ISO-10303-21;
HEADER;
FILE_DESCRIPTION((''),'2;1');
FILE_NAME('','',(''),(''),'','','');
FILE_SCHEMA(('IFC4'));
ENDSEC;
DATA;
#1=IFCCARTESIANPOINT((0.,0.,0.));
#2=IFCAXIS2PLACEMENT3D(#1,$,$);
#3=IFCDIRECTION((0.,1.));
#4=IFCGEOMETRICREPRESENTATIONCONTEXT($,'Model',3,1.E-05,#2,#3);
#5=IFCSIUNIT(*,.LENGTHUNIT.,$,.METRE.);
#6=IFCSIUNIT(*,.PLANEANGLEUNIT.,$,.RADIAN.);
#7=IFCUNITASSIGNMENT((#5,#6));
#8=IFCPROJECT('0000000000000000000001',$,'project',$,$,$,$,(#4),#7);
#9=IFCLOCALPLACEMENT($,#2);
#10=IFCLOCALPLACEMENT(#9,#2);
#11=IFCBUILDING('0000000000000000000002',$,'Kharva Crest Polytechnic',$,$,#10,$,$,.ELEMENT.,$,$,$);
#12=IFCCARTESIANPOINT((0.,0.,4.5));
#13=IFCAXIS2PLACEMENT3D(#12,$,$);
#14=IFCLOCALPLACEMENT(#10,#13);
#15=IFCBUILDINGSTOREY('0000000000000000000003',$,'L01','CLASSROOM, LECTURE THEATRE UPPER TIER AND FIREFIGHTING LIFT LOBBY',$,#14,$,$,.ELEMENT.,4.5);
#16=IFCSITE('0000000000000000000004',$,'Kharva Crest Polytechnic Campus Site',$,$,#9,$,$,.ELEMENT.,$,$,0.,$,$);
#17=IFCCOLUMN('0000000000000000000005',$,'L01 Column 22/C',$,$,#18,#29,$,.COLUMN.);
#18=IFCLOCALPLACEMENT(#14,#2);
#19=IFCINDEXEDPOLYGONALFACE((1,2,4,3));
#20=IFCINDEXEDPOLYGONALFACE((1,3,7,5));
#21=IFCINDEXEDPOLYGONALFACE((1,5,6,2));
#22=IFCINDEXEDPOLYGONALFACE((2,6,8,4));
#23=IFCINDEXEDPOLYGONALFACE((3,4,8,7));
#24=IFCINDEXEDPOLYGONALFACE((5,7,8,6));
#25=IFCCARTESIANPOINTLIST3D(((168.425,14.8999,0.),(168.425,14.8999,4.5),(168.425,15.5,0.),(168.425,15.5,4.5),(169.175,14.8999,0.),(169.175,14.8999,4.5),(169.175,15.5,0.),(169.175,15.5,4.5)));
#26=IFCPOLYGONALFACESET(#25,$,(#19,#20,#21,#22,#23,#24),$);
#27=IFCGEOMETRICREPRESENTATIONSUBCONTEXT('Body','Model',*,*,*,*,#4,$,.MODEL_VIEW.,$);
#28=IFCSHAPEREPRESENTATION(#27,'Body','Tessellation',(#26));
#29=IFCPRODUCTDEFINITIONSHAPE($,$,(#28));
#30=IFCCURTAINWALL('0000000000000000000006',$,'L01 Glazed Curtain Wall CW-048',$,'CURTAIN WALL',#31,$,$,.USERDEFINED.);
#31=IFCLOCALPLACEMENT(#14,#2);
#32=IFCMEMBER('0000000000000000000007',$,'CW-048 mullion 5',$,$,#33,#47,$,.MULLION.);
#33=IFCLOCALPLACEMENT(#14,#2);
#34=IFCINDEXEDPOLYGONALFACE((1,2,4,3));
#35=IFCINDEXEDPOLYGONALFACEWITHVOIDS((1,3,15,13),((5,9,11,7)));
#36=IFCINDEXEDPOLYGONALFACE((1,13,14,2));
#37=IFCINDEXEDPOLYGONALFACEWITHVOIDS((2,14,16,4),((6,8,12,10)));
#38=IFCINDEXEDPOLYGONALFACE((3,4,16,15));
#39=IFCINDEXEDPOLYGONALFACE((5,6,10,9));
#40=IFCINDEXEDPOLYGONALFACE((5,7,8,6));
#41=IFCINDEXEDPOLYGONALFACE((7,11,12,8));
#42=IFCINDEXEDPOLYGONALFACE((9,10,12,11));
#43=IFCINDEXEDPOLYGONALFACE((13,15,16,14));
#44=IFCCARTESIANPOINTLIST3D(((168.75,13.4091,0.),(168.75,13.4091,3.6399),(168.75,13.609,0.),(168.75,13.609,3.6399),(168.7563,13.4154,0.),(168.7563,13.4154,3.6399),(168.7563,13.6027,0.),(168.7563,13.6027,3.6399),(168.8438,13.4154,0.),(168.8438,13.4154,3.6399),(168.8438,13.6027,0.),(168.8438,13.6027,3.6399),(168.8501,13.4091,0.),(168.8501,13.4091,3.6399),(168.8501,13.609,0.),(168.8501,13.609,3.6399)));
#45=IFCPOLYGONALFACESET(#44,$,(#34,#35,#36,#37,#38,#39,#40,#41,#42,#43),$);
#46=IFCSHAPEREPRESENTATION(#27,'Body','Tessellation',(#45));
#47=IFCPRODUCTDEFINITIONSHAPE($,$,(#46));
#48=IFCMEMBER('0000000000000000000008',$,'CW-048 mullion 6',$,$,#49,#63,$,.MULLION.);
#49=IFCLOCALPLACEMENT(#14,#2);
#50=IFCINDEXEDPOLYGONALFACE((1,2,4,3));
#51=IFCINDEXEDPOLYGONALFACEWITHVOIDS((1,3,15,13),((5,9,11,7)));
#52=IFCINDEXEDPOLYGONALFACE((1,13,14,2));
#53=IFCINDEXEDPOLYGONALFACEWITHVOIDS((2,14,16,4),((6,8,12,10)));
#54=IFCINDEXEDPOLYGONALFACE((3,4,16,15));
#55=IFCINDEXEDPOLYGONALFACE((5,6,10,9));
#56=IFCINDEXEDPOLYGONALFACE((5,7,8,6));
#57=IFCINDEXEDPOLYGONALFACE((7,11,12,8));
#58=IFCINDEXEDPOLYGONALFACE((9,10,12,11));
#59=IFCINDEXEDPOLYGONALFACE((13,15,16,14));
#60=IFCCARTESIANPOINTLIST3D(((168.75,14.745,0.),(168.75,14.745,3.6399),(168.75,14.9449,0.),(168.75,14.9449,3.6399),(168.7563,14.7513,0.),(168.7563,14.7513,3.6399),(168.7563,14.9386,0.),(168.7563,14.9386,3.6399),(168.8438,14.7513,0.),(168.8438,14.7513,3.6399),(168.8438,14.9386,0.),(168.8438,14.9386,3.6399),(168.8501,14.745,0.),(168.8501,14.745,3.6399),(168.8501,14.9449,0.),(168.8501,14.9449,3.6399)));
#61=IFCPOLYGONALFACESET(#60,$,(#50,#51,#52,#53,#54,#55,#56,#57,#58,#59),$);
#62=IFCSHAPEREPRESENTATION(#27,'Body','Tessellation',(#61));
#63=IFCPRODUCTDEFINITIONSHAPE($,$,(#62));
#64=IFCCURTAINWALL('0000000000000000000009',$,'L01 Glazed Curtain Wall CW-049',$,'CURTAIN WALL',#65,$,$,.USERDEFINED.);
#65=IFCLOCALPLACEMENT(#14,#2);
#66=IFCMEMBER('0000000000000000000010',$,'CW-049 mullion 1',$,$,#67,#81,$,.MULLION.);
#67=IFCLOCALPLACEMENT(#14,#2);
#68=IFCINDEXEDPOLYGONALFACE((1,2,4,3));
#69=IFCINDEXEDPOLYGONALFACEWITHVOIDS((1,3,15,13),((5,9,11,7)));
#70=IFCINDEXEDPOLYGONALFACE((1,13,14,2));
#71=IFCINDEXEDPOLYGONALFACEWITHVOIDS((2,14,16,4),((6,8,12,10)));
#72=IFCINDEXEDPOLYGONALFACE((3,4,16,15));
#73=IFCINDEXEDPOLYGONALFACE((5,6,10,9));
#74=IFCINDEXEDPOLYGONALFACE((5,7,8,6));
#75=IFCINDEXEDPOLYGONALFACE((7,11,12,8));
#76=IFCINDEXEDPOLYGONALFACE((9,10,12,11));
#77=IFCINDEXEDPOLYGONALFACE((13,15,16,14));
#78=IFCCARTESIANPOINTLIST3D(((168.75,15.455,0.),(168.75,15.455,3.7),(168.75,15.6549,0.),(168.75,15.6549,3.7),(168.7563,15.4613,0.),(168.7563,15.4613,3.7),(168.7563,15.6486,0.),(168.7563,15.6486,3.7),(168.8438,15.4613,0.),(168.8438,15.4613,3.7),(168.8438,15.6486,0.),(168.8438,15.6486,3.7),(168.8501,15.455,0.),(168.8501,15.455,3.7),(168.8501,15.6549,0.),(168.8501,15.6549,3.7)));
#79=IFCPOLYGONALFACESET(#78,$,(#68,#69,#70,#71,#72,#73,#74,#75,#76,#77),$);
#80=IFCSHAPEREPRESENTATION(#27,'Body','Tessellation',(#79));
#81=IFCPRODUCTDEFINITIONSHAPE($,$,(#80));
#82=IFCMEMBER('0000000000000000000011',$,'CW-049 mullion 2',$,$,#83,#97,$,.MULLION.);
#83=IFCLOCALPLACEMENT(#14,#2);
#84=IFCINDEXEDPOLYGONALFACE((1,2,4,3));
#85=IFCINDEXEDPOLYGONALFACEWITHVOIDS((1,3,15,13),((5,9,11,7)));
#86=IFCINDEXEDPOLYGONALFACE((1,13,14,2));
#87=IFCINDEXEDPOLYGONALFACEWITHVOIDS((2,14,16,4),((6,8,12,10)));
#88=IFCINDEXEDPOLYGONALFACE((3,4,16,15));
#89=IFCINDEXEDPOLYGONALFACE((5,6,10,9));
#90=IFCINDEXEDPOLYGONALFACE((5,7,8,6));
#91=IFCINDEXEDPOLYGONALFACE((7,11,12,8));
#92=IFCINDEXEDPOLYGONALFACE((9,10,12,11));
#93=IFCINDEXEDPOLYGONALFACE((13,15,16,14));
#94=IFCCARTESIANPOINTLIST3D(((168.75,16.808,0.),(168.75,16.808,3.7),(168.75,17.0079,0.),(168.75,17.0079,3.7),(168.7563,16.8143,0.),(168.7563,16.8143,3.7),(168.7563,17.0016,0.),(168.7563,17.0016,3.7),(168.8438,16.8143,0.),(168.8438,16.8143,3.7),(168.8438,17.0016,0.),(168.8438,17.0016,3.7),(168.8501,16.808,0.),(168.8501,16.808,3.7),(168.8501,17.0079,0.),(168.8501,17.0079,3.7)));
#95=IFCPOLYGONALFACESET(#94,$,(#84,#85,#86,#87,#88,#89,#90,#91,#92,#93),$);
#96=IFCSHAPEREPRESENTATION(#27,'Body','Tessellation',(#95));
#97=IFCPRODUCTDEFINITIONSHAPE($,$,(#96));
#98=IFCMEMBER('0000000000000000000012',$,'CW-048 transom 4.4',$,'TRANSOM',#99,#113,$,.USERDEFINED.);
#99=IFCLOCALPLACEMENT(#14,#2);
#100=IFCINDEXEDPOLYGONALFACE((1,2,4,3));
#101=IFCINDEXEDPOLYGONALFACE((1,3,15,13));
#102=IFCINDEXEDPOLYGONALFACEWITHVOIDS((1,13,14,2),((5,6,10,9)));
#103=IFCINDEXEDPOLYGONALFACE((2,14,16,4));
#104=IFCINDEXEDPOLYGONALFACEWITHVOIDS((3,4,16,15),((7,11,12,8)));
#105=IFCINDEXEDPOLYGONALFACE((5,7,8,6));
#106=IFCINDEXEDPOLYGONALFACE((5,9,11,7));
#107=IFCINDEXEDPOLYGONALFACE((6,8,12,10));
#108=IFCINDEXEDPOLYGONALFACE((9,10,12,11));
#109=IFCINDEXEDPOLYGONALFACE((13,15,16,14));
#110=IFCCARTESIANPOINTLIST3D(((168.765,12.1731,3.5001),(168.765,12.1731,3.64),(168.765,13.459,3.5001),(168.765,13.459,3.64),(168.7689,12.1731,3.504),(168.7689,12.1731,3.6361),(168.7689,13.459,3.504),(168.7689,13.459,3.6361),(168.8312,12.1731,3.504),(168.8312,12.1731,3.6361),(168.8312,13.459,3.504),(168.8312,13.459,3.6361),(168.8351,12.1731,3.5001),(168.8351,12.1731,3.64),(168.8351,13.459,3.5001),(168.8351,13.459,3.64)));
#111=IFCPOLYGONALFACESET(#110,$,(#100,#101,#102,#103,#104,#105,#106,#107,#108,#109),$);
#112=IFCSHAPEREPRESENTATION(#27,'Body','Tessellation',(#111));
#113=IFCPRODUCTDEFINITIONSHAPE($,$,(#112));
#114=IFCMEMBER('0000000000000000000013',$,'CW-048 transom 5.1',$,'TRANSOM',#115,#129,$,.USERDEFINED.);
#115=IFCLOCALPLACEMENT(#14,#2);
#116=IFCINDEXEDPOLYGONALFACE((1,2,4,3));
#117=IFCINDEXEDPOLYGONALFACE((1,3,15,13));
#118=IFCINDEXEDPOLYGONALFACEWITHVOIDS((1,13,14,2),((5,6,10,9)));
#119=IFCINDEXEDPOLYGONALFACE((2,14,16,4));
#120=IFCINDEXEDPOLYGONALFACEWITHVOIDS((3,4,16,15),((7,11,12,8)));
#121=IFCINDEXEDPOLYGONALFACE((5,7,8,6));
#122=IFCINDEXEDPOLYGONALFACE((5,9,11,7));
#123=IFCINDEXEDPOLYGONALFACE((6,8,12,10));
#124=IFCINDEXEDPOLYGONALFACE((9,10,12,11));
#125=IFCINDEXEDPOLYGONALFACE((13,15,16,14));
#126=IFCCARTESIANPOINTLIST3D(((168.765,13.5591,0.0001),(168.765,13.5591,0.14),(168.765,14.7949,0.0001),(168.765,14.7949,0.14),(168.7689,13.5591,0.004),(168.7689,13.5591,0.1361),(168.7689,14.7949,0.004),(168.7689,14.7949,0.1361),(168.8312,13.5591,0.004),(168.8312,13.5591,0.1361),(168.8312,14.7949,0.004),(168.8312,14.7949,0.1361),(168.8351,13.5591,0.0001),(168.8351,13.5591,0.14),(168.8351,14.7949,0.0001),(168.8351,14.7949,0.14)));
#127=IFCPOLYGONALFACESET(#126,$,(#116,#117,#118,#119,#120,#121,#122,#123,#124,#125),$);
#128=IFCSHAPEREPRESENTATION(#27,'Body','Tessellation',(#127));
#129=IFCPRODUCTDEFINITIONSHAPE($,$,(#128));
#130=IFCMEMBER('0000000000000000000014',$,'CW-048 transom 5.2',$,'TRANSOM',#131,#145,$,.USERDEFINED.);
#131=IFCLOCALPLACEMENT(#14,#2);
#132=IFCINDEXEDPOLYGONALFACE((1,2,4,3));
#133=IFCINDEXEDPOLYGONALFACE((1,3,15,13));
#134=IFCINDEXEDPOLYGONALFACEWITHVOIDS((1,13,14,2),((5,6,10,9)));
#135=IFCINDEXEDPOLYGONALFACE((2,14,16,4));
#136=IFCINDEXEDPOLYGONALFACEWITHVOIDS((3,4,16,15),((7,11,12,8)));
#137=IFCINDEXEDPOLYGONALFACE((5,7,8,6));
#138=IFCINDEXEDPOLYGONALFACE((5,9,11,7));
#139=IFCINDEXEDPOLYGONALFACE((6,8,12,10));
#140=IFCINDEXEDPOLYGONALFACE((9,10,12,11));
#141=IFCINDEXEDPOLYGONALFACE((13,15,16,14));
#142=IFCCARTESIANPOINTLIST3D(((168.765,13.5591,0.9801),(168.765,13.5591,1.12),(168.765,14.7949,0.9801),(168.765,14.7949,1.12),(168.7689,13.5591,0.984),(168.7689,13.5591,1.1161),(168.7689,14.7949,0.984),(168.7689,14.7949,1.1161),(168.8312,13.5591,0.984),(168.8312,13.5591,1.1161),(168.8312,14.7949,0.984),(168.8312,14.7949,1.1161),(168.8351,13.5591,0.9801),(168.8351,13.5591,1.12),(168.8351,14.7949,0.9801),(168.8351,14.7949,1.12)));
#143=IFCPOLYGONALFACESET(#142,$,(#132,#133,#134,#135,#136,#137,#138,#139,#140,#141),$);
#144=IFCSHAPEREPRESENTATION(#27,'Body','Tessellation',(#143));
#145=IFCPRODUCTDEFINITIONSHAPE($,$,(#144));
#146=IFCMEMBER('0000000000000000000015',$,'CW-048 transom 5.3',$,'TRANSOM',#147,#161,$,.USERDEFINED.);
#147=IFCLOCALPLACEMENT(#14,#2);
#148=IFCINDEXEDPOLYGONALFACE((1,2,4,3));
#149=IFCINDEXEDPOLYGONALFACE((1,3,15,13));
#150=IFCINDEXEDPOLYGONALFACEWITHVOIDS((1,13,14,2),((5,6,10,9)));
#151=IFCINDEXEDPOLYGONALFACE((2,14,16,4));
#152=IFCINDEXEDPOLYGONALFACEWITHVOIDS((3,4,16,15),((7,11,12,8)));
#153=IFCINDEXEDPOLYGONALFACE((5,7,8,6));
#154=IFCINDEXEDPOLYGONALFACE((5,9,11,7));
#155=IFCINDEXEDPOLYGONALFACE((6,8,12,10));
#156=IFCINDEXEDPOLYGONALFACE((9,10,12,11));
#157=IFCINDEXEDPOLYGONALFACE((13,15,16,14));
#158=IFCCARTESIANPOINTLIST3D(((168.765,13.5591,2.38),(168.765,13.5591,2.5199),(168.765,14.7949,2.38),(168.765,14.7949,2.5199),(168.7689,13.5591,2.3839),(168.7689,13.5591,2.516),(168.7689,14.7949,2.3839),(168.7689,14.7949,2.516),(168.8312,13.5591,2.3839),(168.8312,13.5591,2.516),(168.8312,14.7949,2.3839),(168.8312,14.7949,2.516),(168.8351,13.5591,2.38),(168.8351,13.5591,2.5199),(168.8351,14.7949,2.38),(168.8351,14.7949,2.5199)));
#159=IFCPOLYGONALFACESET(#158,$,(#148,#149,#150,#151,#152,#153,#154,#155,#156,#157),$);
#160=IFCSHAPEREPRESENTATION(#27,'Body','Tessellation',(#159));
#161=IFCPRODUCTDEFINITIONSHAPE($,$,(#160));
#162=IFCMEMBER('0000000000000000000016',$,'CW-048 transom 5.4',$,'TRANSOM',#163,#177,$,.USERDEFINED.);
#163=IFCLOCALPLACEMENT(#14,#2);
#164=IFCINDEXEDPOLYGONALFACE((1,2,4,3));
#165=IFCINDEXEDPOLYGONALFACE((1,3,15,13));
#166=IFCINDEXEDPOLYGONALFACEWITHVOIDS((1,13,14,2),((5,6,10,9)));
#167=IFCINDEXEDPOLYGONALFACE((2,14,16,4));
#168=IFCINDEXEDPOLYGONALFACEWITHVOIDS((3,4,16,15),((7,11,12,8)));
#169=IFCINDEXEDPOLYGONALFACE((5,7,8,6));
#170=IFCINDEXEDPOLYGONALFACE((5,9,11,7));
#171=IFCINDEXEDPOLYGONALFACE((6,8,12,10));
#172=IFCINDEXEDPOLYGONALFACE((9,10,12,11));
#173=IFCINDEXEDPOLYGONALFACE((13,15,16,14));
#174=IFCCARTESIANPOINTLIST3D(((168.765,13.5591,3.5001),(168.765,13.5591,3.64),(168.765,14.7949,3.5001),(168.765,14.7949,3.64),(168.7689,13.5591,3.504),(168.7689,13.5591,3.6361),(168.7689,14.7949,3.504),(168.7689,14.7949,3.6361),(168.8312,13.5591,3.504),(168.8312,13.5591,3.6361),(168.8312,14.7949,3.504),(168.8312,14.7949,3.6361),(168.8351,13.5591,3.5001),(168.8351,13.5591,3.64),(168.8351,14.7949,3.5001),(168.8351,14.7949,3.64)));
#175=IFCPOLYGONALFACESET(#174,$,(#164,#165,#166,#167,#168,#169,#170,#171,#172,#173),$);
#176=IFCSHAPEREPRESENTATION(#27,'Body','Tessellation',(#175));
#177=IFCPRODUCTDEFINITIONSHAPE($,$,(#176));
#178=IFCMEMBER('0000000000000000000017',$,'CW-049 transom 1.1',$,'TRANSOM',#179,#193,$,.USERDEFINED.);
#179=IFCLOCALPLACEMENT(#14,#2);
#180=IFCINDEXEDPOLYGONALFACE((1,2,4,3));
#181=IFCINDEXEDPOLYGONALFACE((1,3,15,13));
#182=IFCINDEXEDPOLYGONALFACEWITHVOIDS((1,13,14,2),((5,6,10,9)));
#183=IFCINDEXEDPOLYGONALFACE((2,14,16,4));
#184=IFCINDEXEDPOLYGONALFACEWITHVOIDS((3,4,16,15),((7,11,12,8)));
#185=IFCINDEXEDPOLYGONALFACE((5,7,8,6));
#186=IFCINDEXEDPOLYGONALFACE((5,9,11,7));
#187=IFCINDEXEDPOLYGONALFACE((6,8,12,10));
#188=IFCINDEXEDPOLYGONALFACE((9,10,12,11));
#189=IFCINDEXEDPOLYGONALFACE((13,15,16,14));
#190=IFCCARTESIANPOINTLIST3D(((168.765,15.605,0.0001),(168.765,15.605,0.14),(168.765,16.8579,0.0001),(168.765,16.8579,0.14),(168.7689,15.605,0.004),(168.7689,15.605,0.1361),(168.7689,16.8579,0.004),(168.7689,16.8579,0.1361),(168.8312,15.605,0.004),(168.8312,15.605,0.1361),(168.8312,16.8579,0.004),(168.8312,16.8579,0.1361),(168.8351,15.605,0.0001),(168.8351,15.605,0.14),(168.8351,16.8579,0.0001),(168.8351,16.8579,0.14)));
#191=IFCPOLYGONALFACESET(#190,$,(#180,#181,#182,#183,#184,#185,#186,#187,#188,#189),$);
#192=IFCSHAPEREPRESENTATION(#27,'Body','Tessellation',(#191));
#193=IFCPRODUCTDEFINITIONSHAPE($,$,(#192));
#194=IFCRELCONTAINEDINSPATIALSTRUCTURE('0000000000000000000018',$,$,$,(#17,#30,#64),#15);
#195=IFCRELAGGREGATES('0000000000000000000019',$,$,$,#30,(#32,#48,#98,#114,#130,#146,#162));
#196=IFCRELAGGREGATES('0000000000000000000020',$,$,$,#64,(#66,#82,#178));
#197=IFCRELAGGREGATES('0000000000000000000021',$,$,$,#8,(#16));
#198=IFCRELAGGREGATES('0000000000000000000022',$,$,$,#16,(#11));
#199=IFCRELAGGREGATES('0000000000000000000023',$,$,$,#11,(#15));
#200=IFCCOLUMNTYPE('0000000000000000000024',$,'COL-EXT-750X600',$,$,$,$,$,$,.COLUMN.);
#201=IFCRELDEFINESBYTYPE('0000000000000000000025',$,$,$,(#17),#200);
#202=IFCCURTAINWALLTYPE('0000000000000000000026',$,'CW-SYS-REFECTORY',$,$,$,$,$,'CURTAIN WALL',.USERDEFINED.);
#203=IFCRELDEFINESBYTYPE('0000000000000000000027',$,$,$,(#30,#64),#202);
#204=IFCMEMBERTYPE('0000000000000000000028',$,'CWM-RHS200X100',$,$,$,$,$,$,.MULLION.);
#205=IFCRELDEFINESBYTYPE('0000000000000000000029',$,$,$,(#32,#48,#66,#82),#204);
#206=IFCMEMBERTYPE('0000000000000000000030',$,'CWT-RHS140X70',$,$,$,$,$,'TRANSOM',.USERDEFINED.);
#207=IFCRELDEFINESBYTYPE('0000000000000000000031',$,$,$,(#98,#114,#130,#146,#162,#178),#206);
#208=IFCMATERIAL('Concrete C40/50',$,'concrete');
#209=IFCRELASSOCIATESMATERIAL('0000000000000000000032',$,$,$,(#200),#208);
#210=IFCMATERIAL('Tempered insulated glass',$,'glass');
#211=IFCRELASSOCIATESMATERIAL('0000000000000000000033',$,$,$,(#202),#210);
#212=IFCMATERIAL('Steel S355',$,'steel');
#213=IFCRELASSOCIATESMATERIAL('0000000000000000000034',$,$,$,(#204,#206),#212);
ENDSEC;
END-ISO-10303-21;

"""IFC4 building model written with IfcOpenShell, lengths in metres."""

from ifc_helpers import new_model, si_unit, direction, frame, origin, origin_2d, place, context, subcontext, project, spatial, rectangle, hollow_rectangle, extrude, material, material_profile, profile_set, type_object, element, aggregate, save


model = new_model("IFC4")

# Units and contexts
model_context = context("Model", 3, precision=1e-05, world=origin(), true_north=direction((0.0, 1.0)))
body_context = subcontext(model_context, "Body", "Model", "MODEL_VIEW")
ifc_project = project(units=[si_unit("LENGTHUNIT", "METRE"), si_unit("PLANEANGLEUNIT", "RADIAN")], contexts=[model_context])

# Site, building, storey
site_placement = place(None, origin())
site = spatial("IfcSite", under=ifc_project, at=site_placement, Name="Kharva Crest Polytechnic Campus Site", CompositionType="ELEMENT", RefElevation=0.0)
building_placement = place(site_placement, origin())
building = spatial("IfcBuilding", under=site, at=building_placement, Name="Kharva Crest Polytechnic", CompositionType="ELEMENT")
storey_placement = place(building_placement, frame((0.0, 0.0, 4.5)))
storey = spatial("IfcBuildingStorey", under=building, at=storey_placement, Name="L01", Description="CLASSROOM, LECTURE THEATRE UPPER TIER AND FIREFIGHTING LIFT LOBBY", CompositionType="ELEMENT", Elevation=4.5)

# Column
ifc_material_1 = material(Name="Concrete C40/50", Category="concrete")
ifc_material_profile_1 = material_profile(ifc_material_1, rectangle(XDim=0.75, YDim=0.6001, at=origin_2d()), Name="RECT 750 X 600")
ifc_profile_set_1 = profile_set([ifc_material_profile_1], Name="Concrete C40/50")
column_type = type_object("IfcColumnType", Name="COL-EXT-750X600", PredefinedType="COLUMN", material=ifc_profile_set_1)
column_placement = place(storey_placement, frame((168.8, 15.2, 0.0), z_axis=(0.0, 0.0, 1.0), x_axis=(1.0, 0.0, 0.0)))
element("IfcColumn", 1, at=column_placement, inside=storey, type_object=column_type, Name="L01 Column 22/C", PredefinedType="COLUMN", context=body_context, shape_type="SweptSolid", body=[
    extrude(rectangle(XDim=0.75, YDim=0.6001, at=origin_2d()), origin(), (0.0, 0.0, 1.0), 4.5),
])

# Curtain walls, members
ifc_material_2 = material(Name="Tempered insulated glass", Category="glass")
curtain_wall_type = type_object("IfcCurtainWallType", Name="CW-SYS-REFECTORY", ElementType="CURTAIN WALL", PredefinedType="USERDEFINED", material=ifc_material_2)
curtain_wall_1_placement = place(storey_placement, origin())
curtain_wall_1 = element("IfcCurtainWall", 2, at=curtain_wall_1_placement, inside=storey, type_object=curtain_wall_type, Name="L01 Glazed Curtain Wall CW-048", ObjectType="CURTAIN WALL", PredefinedType="USERDEFINED")
ifc_material_3 = material(Name="Steel S355", Category="steel")
ifc_material_profile_2 = material_profile(ifc_material_3, hollow_rectangle(XDim=0.1001, YDim=0.2, WallThickness=0.0063, at=origin_2d()), Name="RHS 200X100X6.3")
ifc_profile_set_2 = profile_set([ifc_material_profile_2], Name="Steel S355")
member_type_1 = type_object("IfcMemberType", Name="CWM-RHS200X100", PredefinedType="MULLION", material=ifc_profile_set_2)
member_1_placement = place(storey_placement, frame((168.8, 13.509, 0.0), z_axis=(0.0, 0.0, 1.0), x_axis=(-1.0, 0.0, 0.0)))
member_1 = element("IfcMember", 3, at=member_1_placement, type_object=member_type_1, Name="CW-048 mullion 5", PredefinedType="MULLION", context=body_context, shape_type="SweptSolid", body=[
    extrude(hollow_rectangle(XDim=0.1001, YDim=0.2, WallThickness=0.0063, at=origin_2d()), origin(), (0.0, 0.0, 1.0), 3.6399),
])
member_2_placement = place(storey_placement, frame((168.8, 14.845, 0.0), z_axis=(0.0, 0.0, 1.0), x_axis=(-1.0, 0.0, 0.0)))
member_2 = element("IfcMember", 4, at=member_2_placement, type_object=member_type_1, Name="CW-048 mullion 6", PredefinedType="MULLION", context=body_context, shape_type="SweptSolid", body=[
    extrude(hollow_rectangle(XDim=0.1001, YDim=0.2, WallThickness=0.0063, at=origin_2d()), origin(), (0.0, 0.0, 1.0), 3.6399),
])
curtain_wall_2_placement = place(storey_placement, origin())
curtain_wall_2 = element("IfcCurtainWall", 5, at=curtain_wall_2_placement, inside=storey, type_object=curtain_wall_type, Name="L01 Glazed Curtain Wall CW-049", ObjectType="CURTAIN WALL", PredefinedType="USERDEFINED")
member_3_placement = place(storey_placement, frame((168.8, 15.5549, 0.0), z_axis=(0.0, 0.0, 1.0), x_axis=(-1.0, 0.0, 0.0)))
member_3 = element("IfcMember", 6, at=member_3_placement, type_object=member_type_1, Name="CW-049 mullion 1", PredefinedType="MULLION", context=body_context, shape_type="SweptSolid", body=[
    extrude(hollow_rectangle(XDim=0.1001, YDim=0.2, WallThickness=0.0063, at=origin_2d()), origin(), (0.0, 0.0, 1.0), 3.7),
])
member_4_placement = place(storey_placement, frame((168.8, 16.908, 0.0), z_axis=(0.0, 0.0, 1.0), x_axis=(-1.0, 0.0, 0.0)))
member_4 = element("IfcMember", 7, at=member_4_placement, type_object=member_type_1, Name="CW-049 mullion 2", PredefinedType="MULLION", context=body_context, shape_type="SweptSolid", body=[
    extrude(hollow_rectangle(XDim=0.1001, YDim=0.2, WallThickness=0.0063, at=origin_2d()), origin(), (0.0, 0.0, 1.0), 3.7),
])

# Members
ifc_material_profile_3 = material_profile(ifc_material_3, hollow_rectangle(XDim=0.0701, YDim=0.1399, WallThickness=0.0039, at=origin_2d()), Name="RHS 140X70X4.0")
ifc_profile_set_3 = profile_set([ifc_material_profile_3], Name="Steel S355")
member_type_2 = type_object("IfcMemberType", Name="CWT-RHS140X70", ElementType="TRANSOM", PredefinedType="USERDEFINED", material=ifc_profile_set_3)
member_5_placement = place(storey_placement, frame((168.8, 12.1731, 3.5701), z_axis=(0.0, 1.0, 0.0), x_axis=(-1.0, 0.0, 0.0)))
member_5 = element("IfcMember", 8, at=member_5_placement, type_object=member_type_2, Name="CW-048 transom 4.4", ObjectType="TRANSOM", PredefinedType="USERDEFINED", context=body_context, shape_type="SweptSolid", body=[
    extrude(hollow_rectangle(XDim=0.0701, YDim=0.1399, WallThickness=0.0039, at=origin_2d()), origin(), (0.0, 0.0, 1.0), 1.2859),
])
member_6_placement = place(storey_placement, frame((168.8, 13.5591, 0.0701), z_axis=(0.0, 1.0, 0.0), x_axis=(-1.0, 0.0, 0.0)))
member_6 = element("IfcMember", 9, at=member_6_placement, type_object=member_type_2, Name="CW-048 transom 5.1", ObjectType="TRANSOM", PredefinedType="USERDEFINED", context=body_context, shape_type="SweptSolid", body=[
    extrude(hollow_rectangle(XDim=0.0701, YDim=0.1399, WallThickness=0.0039, at=origin_2d()), origin(), (0.0, 0.0, 1.0), 1.2358),
])
member_7_placement = place(storey_placement, frame((168.8, 13.5591, 1.05), z_axis=(0.0, 1.0, 0.0), x_axis=(-1.0, 0.0, 0.0)))
member_7 = element("IfcMember", 10, at=member_7_placement, type_object=member_type_2, Name="CW-048 transom 5.2", ObjectType="TRANSOM", PredefinedType="USERDEFINED", context=body_context, shape_type="SweptSolid", body=[
    extrude(hollow_rectangle(XDim=0.0701, YDim=0.1399, WallThickness=0.0039, at=origin_2d()), origin(), (0.0, 0.0, 1.0), 1.2358),
])
member_8_placement = place(storey_placement, frame((168.8, 13.5591, 2.45), z_axis=(0.0, 1.0, 0.0), x_axis=(-1.0, 0.0, 0.0)))
member_8 = element("IfcMember", 11, at=member_8_placement, type_object=member_type_2, Name="CW-048 transom 5.3", ObjectType="TRANSOM", PredefinedType="USERDEFINED", context=body_context, shape_type="SweptSolid", body=[
    extrude(hollow_rectangle(XDim=0.0701, YDim=0.1399, WallThickness=0.0039, at=origin_2d()), origin(), (0.0, 0.0, 1.0), 1.2358),
])
member_9_placement = place(storey_placement, frame((168.8, 13.5591, 3.5701), z_axis=(0.0, 1.0, 0.0), x_axis=(-1.0, 0.0, 0.0)))
member_9 = element("IfcMember", 12, at=member_9_placement, type_object=member_type_2, Name="CW-048 transom 5.4", ObjectType="TRANSOM", PredefinedType="USERDEFINED", context=body_context, shape_type="SweptSolid", body=[
    extrude(hollow_rectangle(XDim=0.0701, YDim=0.1399, WallThickness=0.0039, at=origin_2d()), origin(), (0.0, 0.0, 1.0), 1.2358),
])
member_10_placement = place(storey_placement, frame((168.8, 15.605, 0.0701), z_axis=(0.0, 1.0, 0.0), x_axis=(-1.0, 0.0, 0.0)))
member_10 = element("IfcMember", 13, at=member_10_placement, type_object=member_type_2, Name="CW-049 transom 1.1", ObjectType="TRANSOM", PredefinedType="USERDEFINED", context=body_context, shape_type="SweptSolid", body=[
    extrude(hollow_rectangle(XDim=0.0701, YDim=0.1399, WallThickness=0.0039, at=origin_2d()), origin(), (0.0, 0.0, 1.0), 1.2529),
])

aggregate(curtain_wall_1, [member_1, member_2, member_5, member_6, member_7, member_8, member_9])
aggregate(curtain_wall_2, [member_3, member_4, member_10])

save(model, "model.ifc")
